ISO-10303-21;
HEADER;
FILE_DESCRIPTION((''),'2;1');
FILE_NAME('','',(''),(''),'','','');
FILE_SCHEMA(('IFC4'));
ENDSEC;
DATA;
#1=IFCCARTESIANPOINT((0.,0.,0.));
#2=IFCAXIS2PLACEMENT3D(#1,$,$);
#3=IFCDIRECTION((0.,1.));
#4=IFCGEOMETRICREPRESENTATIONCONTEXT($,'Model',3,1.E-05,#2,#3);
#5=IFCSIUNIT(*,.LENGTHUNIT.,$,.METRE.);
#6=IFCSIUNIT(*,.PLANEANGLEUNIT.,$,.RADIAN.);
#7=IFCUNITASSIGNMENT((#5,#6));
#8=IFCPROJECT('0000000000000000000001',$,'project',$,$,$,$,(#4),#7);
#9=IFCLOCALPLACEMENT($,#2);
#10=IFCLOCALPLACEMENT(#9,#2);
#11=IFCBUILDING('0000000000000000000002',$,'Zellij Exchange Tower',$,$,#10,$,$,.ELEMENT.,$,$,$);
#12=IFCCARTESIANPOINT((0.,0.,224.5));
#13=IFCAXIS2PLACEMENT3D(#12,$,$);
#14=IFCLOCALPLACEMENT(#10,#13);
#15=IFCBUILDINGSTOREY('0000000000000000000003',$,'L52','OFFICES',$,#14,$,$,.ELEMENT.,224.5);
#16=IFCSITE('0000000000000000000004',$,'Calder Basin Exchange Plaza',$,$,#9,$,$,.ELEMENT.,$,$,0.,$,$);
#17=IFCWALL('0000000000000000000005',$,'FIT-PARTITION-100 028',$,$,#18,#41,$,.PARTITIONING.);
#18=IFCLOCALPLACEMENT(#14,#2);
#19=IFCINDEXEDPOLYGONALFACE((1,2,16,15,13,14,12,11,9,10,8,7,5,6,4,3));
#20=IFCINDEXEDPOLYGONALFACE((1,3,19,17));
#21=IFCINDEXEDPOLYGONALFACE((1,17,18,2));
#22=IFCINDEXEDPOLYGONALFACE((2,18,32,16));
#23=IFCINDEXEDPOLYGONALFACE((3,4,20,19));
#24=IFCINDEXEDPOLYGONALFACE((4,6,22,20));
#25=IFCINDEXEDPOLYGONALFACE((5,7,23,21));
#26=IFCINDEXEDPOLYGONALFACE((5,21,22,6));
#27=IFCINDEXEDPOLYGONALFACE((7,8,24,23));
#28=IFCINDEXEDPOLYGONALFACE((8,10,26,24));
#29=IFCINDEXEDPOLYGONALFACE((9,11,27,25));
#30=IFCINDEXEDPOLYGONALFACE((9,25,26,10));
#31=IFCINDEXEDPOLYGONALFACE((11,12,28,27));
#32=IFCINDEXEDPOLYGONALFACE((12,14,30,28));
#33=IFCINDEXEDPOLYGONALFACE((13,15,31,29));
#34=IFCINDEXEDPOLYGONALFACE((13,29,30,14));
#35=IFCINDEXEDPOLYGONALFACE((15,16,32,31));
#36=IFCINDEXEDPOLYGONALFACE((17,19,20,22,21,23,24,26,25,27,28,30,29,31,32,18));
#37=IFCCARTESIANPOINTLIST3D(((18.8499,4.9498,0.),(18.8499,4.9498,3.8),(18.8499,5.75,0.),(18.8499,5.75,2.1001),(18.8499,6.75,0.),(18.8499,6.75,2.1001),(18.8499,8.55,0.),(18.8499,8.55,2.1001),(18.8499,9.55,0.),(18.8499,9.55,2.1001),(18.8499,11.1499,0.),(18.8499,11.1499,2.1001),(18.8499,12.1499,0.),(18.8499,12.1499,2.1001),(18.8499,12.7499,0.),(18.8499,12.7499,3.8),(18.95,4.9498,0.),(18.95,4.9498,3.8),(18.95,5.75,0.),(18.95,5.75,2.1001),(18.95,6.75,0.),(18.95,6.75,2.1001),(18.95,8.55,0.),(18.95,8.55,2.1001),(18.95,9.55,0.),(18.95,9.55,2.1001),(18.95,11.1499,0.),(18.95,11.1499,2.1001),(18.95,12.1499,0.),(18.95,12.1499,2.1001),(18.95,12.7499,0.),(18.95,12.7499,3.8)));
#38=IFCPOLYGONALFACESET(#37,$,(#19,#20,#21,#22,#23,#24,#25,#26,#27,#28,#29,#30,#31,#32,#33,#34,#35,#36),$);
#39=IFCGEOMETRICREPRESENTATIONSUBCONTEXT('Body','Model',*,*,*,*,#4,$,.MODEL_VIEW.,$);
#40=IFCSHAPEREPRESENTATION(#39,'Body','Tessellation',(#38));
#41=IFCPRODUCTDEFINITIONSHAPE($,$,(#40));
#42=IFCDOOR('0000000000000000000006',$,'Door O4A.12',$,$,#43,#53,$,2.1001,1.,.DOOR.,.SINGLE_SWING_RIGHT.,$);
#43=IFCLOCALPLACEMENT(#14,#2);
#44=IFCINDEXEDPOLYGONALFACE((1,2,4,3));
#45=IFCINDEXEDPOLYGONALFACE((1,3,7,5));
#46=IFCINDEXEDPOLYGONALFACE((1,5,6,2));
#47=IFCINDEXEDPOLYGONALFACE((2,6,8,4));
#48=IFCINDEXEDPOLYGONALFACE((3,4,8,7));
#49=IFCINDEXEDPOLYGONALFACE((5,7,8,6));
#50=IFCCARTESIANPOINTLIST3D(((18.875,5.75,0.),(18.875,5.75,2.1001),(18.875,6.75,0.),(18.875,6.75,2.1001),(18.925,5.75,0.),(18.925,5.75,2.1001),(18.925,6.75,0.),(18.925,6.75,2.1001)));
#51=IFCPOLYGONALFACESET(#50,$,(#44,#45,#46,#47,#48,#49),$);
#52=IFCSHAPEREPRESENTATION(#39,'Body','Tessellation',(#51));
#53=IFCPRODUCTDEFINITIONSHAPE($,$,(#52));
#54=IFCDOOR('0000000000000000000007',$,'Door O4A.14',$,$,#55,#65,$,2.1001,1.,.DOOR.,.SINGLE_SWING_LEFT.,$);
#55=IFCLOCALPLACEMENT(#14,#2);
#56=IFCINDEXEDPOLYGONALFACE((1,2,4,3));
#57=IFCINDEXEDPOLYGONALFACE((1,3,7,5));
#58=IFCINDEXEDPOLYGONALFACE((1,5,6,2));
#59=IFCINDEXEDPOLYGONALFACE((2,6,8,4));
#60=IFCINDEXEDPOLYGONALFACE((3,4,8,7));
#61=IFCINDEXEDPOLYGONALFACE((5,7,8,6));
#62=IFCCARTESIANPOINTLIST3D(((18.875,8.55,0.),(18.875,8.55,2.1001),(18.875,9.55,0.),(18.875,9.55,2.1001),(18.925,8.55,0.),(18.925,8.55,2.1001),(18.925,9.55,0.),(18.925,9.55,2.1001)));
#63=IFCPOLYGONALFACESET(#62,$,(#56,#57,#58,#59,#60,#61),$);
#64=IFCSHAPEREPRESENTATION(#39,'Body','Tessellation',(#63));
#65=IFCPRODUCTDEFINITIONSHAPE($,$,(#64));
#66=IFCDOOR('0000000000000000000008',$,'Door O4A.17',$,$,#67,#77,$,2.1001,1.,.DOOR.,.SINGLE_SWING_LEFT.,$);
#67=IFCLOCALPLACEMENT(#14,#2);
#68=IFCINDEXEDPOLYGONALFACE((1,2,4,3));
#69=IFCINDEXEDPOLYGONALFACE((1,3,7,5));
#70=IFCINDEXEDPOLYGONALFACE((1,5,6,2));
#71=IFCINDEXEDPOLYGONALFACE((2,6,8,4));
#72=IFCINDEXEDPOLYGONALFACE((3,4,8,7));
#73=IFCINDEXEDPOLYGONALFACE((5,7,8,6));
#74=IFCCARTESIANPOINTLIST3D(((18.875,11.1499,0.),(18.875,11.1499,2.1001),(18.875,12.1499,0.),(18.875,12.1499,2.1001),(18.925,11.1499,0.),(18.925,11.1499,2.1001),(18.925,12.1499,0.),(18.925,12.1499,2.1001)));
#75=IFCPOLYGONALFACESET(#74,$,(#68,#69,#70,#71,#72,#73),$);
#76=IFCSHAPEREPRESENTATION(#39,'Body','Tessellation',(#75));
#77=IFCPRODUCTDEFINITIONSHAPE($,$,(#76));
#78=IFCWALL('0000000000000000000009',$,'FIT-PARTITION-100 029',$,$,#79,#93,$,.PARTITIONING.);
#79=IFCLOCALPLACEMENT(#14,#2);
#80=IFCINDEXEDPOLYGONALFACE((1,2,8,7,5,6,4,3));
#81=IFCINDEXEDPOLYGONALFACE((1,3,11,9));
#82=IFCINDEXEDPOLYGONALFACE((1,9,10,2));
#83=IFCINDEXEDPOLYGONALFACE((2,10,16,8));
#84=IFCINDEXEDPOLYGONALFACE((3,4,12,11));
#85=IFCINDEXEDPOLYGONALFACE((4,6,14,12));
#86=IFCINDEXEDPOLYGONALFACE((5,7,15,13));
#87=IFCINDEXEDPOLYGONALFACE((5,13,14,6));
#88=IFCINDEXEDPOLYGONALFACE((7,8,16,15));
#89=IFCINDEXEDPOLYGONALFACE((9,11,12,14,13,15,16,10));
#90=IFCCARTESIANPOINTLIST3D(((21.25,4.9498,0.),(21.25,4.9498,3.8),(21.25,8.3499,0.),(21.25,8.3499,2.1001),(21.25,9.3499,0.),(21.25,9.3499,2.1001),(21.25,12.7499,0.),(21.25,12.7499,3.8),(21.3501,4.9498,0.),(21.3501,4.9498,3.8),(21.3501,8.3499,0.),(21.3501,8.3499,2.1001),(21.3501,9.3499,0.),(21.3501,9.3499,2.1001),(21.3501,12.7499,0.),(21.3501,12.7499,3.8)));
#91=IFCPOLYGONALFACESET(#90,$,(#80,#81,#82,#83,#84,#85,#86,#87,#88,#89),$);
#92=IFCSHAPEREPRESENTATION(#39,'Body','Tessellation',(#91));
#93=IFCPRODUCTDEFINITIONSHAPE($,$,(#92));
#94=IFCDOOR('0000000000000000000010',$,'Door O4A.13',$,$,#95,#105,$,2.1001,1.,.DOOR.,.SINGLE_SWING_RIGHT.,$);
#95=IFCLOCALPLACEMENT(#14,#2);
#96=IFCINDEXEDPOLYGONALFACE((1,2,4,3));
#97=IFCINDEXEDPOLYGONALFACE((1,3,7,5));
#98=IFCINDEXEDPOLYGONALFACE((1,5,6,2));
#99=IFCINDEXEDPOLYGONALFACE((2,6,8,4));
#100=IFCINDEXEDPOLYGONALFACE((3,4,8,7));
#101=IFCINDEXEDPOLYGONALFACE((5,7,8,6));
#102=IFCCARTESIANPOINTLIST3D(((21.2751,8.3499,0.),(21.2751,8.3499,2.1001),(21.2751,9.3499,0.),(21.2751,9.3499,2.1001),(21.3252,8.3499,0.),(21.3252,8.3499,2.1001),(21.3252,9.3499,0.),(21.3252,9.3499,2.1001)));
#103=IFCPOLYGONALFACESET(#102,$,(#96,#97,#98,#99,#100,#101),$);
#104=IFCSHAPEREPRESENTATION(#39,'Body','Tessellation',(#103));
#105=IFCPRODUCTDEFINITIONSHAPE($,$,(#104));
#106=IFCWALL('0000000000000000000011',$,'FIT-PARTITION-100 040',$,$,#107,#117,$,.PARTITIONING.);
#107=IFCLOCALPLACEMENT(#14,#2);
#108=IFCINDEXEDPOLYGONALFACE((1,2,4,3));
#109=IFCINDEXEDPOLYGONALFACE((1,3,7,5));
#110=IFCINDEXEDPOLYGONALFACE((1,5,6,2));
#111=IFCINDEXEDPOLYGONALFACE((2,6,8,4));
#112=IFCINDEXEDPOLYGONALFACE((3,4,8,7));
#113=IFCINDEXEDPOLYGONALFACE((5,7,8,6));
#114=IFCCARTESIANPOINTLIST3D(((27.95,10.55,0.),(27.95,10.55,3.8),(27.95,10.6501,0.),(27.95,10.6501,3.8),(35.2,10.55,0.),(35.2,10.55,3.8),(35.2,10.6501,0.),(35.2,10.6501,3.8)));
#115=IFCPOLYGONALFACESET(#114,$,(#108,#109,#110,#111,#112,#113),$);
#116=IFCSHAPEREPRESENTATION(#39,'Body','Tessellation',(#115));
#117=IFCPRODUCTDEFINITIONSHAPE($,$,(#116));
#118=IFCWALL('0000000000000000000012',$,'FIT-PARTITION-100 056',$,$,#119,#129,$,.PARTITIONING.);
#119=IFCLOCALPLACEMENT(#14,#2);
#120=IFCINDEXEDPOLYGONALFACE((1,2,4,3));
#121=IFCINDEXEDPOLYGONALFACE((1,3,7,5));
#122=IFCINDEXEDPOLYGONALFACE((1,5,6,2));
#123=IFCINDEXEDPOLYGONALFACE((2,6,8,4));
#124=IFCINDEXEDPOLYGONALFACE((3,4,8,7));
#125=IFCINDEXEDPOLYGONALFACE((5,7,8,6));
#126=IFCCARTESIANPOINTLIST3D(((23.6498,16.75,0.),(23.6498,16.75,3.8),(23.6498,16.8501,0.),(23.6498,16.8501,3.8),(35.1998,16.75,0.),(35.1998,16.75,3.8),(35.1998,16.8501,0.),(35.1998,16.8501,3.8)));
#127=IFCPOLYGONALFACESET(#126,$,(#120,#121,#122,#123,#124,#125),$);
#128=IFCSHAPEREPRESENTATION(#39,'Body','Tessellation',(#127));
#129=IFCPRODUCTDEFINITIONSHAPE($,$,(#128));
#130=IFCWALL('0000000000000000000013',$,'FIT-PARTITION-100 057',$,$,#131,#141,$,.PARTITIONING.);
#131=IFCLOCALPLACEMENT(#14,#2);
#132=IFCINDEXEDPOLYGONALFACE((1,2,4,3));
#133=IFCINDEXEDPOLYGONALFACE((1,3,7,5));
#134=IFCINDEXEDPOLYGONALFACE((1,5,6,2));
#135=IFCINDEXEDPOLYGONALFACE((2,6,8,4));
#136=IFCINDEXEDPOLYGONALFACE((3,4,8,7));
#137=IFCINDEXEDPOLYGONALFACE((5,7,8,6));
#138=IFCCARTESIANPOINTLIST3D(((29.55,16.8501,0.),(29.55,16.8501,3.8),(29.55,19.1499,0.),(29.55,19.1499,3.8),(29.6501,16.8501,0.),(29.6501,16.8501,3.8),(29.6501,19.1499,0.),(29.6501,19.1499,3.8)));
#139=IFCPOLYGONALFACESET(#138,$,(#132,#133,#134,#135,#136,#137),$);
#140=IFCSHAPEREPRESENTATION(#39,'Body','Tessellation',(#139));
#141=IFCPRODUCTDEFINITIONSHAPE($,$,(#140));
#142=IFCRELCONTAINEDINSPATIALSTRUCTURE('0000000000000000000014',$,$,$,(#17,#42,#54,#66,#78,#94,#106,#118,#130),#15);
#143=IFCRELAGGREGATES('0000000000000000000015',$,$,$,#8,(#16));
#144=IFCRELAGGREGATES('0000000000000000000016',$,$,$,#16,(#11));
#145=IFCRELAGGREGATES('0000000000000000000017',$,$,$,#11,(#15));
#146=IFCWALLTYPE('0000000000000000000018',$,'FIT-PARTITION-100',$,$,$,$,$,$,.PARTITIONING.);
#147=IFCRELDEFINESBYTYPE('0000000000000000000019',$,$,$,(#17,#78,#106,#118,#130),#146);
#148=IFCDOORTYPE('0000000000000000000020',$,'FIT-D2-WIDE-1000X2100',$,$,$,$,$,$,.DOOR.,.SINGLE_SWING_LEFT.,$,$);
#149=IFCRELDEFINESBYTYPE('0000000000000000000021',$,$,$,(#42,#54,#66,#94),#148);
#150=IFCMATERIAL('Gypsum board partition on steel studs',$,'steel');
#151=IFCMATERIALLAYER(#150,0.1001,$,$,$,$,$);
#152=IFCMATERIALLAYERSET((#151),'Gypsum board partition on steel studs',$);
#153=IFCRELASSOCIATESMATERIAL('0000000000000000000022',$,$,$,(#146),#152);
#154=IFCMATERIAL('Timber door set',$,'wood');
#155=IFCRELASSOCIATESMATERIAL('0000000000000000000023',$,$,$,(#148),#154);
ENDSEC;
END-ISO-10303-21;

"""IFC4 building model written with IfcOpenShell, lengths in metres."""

from ifc_helpers import new_model, si_unit, direction, frame, frame_2d, origin, place, context, subcontext, project, spatial, rectangle, extrude, material, layer, layer_set, type_object, element, fill, save


model = new_model("IFC4")

# Units and contexts
model_context = context("Model", 3, precision=1e-05, world=origin(), true_north=direction((0.0, 1.0)))
body_context = subcontext(model_context, "Body", "Model", "MODEL_VIEW")
ifc_project = project(units=[si_unit("LENGTHUNIT", "METRE"), si_unit("PLANEANGLEUNIT", "RADIAN")], contexts=[model_context])

# Site, building, storey
site_placement = place(None, origin())
site = spatial("IfcSite", under=ifc_project, at=site_placement, Name="Calder Basin Exchange Plaza", CompositionType="ELEMENT", RefElevation=0.0)
building_placement = place(site_placement, origin())
building = spatial("IfcBuilding", under=site, at=building_placement, Name="Zellij Exchange Tower", CompositionType="ELEMENT")
storey_placement = place(building_placement, frame((0.0, 0.0, 224.5)))
storey = spatial("IfcBuildingStorey", under=building, at=storey_placement, Name="L52", Description="OFFICES", CompositionType="ELEMENT", Elevation=224.5)

# Shared definitions
ifc_material_1 = material(Name="Gypsum board partition on steel studs", Category="steel")
ifc_layer_1 = layer(ifc_material_1, 0.1001)
ifc_layer_set_1 = layer_set([ifc_layer_1], Name="Gypsum board partition on steel studs")
wall_type_1 = type_object("IfcWallType", Name="FIT-PARTITION-100", PredefinedType="PARTITIONING", material=ifc_layer_set_1)

# Shared definitions
ifc_material_2 = material(Name="Timber door set", Category="wood")
door_type = type_object("IfcDoorType", Name="FIT-D2-WIDE-1000X2100", OperationType="SINGLE_SWING_LEFT", PredefinedType="DOOR", material=ifc_material_2)

# Wall, openings, doors
wall_1_placement = place(storey_placement, frame((18.8999, 4.95, 0.0), z_axis=(0.0, 0.0, 1.0), x_axis=(0.0, 1.0, 0.0)))
wall_1 = element("IfcWall", 1, at=wall_1_placement, inside=storey, type_object=wall_type_1, Name="FIT-PARTITION-100 028", PredefinedType="PARTITIONING", context=body_context, shape_type="SweptSolid", body=[
    extrude(rectangle(XDim=7.8, YDim=0.1001, at=frame_2d((3.8999, 0.0))), origin(), (0.0, 0.0, 1.0), 3.8),
])
opening_1_placement = place(wall_1_placement, frame((0.8, 0.0, 0.0)))
opening_1 = element("IfcOpeningElement", 2, at=opening_1_placement, cuts=wall_1, PredefinedType="OPENING", context=body_context, shape_type="SweptSolid", body=[
    extrude(rectangle(XDim=1.0, YDim=2.1001, at=frame_2d((0.5, 1.05))), frame((0.0, 0.062, 0.0), z_axis=(0.0, -1.0, 0.0), x_axis=(1.0, 0.0, 0.0)), (0.0, 0.0, 1.0), 0.124),
])
opening_2_placement = place(wall_1_placement, frame((3.6001, 0.0, 0.0)))
opening_2 = element("IfcOpeningElement", 3, at=opening_2_placement, cuts=wall_1, PredefinedType="OPENING", context=body_context, shape_type="SweptSolid", body=[
    extrude(rectangle(XDim=1.0, YDim=2.1001, at=frame_2d((0.5, 1.05))), frame((0.0, 0.062, 0.0), z_axis=(0.0, -1.0, 0.0), x_axis=(1.0, 0.0, 0.0)), (0.0, 0.0, 1.0), 0.124),
])
opening_3_placement = place(wall_1_placement, frame((6.2, 0.0, 0.0)))
opening_3 = element("IfcOpeningElement", 4, at=opening_3_placement, cuts=wall_1, PredefinedType="OPENING", context=body_context, shape_type="SweptSolid", body=[
    extrude(rectangle(XDim=1.0, YDim=2.1001, at=frame_2d((0.5, 1.05))), frame((0.0, 0.062, 0.0), z_axis=(0.0, -1.0, 0.0), x_axis=(1.0, 0.0, 0.0)), (0.0, 0.0, 1.0), 0.124),
])
door_1_placement = place(opening_1_placement, origin())
door_1 = element("IfcDoor", 5, at=door_1_placement, inside=storey, type_object=door_type, Name="Door O4A.12", OperationType="SINGLE_SWING_RIGHT", OverallHeight=2.1001, OverallWidth=1.0, PredefinedType="DOOR", context=body_context, shape_type="SweptSolid", body=[
    extrude(rectangle(XDim=1.0, YDim=2.1001, at=frame_2d((0.5, 1.05))), frame((0.0, 0.0249, 0.0), z_axis=(0.0, -1.0, 0.0), x_axis=(1.0, 0.0, 0.0)), (0.0, 0.0, 1.0), 0.05),
])
fill(opening_1, door_1)
door_2_placement = place(opening_2_placement, origin())
door_2 = element("IfcDoor", 6, at=door_2_placement, inside=storey, type_object=door_type, Name="Door O4A.14", OperationType="SINGLE_SWING_LEFT", OverallHeight=2.1001, OverallWidth=1.0, PredefinedType="DOOR", context=body_context, shape_type="SweptSolid", body=[
    extrude(rectangle(XDim=1.0, YDim=2.1001, at=frame_2d((0.5, 1.05))), frame((0.0, 0.0249, 0.0), z_axis=(0.0, -1.0, 0.0), x_axis=(1.0, 0.0, 0.0)), (0.0, 0.0, 1.0), 0.05),
])
fill(opening_2, door_2)
door_3_placement = place(opening_3_placement, origin())
door_3 = element("IfcDoor", 7, at=door_3_placement, inside=storey, type_object=door_type, Name="Door O4A.17", OperationType="SINGLE_SWING_LEFT", OverallHeight=2.1001, OverallWidth=1.0, PredefinedType="DOOR", context=body_context, shape_type="SweptSolid", body=[
    extrude(rectangle(XDim=1.0, YDim=2.1001, at=frame_2d((0.5, 1.05))), frame((0.0, 0.0249, 0.0), z_axis=(0.0, -1.0, 0.0), x_axis=(1.0, 0.0, 0.0)), (0.0, 0.0, 1.0), 0.05),
])
fill(opening_3, door_3)

# Wall, opening, door
wall_2_placement = place(storey_placement, frame((21.3, 4.95, 0.0), z_axis=(0.0, 0.0, 1.0), x_axis=(0.0, 1.0, 0.0)))
wall_2 = element("IfcWall", 8, at=wall_2_placement, inside=storey, type_object=wall_type_1, Name="FIT-PARTITION-100 029", PredefinedType="PARTITIONING", context=body_context, shape_type="SweptSolid", body=[
    extrude(rectangle(XDim=7.8, YDim=0.1001, at=frame_2d((3.8999, 0.0))), origin(), (0.0, 0.0, 1.0), 3.8),
])
opening_4_placement = place(wall_2_placement, frame((3.3999, 0.0, 0.0)))
opening_4 = element("IfcOpeningElement", 9, at=opening_4_placement, cuts=wall_2, PredefinedType="OPENING", context=body_context, shape_type="SweptSolid", body=[
    extrude(rectangle(XDim=1.0, YDim=2.1001, at=frame_2d((0.5, 1.05))), frame((0.0, 0.062, 0.0), z_axis=(0.0, -1.0, 0.0), x_axis=(1.0, 0.0, 0.0)), (0.0, 0.0, 1.0), 0.124),
])
door_4_placement = place(opening_4_placement, origin())
door_4 = element("IfcDoor", 10, at=door_4_placement, inside=storey, type_object=door_type, Name="Door O4A.13", OperationType="SINGLE_SWING_RIGHT", OverallHeight=2.1001, OverallWidth=1.0, PredefinedType="DOOR", context=body_context, shape_type="SweptSolid", body=[
    extrude(rectangle(XDim=1.0, YDim=2.1001, at=frame_2d((0.5, 1.05))), frame((0.0, 0.0249, 0.0), z_axis=(0.0, -1.0, 0.0), x_axis=(1.0, 0.0, 0.0)), (0.0, 0.0, 1.0), 0.05),
])
fill(opening_4, door_4)

# Walls
wall_3_placement = place(storey_placement, frame((27.95, 10.6001, 0.0), z_axis=(0.0, 0.0, 1.0), x_axis=(1.0, 0.0, 0.0)))
element("IfcWall", 11, at=wall_3_placement, inside=storey, type_object=wall_type_1, Name="FIT-PARTITION-100 040", PredefinedType="PARTITIONING", context=body_context, shape_type="SweptSolid", body=[
    extrude(rectangle(XDim=7.25, YDim=0.1001, at=frame_2d((3.625, 0.0))), origin(), (0.0, 0.0, 1.0), 3.8),
])
wall_4_placement = place(storey_placement, frame((23.6499, 16.8, 0.0), z_axis=(0.0, 0.0, 1.0), x_axis=(1.0, 0.0, 0.0)))
element("IfcWall", 12, at=wall_4_placement, inside=storey, type_object=wall_type_1, Name="FIT-PARTITION-100 056", PredefinedType="PARTITIONING", context=body_context, shape_type="SweptSolid", body=[
    extrude(rectangle(XDim=11.55, YDim=0.1001, at=frame_2d((5.7749, 0.0))), origin(), (0.0, 0.0, 1.0), 3.8),
])
wall_5_placement = place(storey_placement, frame((29.6001, 16.8501, 0.0), z_axis=(0.0, 0.0, 1.0), x_axis=(0.0, 1.0, 0.0)))
element("IfcWall", 13, at=wall_5_placement, inside=storey, type_object=wall_type_1, Name="FIT-PARTITION-100 057", PredefinedType="PARTITIONING", context=body_context, shape_type="SweptSolid", body=[
    extrude(rectangle(XDim=2.2998, YDim=0.1001, at=frame_2d((1.1499, 0.0))), origin(), (0.0, 0.0, 1.0), 3.8),
])

save(model, "model.ifc")
